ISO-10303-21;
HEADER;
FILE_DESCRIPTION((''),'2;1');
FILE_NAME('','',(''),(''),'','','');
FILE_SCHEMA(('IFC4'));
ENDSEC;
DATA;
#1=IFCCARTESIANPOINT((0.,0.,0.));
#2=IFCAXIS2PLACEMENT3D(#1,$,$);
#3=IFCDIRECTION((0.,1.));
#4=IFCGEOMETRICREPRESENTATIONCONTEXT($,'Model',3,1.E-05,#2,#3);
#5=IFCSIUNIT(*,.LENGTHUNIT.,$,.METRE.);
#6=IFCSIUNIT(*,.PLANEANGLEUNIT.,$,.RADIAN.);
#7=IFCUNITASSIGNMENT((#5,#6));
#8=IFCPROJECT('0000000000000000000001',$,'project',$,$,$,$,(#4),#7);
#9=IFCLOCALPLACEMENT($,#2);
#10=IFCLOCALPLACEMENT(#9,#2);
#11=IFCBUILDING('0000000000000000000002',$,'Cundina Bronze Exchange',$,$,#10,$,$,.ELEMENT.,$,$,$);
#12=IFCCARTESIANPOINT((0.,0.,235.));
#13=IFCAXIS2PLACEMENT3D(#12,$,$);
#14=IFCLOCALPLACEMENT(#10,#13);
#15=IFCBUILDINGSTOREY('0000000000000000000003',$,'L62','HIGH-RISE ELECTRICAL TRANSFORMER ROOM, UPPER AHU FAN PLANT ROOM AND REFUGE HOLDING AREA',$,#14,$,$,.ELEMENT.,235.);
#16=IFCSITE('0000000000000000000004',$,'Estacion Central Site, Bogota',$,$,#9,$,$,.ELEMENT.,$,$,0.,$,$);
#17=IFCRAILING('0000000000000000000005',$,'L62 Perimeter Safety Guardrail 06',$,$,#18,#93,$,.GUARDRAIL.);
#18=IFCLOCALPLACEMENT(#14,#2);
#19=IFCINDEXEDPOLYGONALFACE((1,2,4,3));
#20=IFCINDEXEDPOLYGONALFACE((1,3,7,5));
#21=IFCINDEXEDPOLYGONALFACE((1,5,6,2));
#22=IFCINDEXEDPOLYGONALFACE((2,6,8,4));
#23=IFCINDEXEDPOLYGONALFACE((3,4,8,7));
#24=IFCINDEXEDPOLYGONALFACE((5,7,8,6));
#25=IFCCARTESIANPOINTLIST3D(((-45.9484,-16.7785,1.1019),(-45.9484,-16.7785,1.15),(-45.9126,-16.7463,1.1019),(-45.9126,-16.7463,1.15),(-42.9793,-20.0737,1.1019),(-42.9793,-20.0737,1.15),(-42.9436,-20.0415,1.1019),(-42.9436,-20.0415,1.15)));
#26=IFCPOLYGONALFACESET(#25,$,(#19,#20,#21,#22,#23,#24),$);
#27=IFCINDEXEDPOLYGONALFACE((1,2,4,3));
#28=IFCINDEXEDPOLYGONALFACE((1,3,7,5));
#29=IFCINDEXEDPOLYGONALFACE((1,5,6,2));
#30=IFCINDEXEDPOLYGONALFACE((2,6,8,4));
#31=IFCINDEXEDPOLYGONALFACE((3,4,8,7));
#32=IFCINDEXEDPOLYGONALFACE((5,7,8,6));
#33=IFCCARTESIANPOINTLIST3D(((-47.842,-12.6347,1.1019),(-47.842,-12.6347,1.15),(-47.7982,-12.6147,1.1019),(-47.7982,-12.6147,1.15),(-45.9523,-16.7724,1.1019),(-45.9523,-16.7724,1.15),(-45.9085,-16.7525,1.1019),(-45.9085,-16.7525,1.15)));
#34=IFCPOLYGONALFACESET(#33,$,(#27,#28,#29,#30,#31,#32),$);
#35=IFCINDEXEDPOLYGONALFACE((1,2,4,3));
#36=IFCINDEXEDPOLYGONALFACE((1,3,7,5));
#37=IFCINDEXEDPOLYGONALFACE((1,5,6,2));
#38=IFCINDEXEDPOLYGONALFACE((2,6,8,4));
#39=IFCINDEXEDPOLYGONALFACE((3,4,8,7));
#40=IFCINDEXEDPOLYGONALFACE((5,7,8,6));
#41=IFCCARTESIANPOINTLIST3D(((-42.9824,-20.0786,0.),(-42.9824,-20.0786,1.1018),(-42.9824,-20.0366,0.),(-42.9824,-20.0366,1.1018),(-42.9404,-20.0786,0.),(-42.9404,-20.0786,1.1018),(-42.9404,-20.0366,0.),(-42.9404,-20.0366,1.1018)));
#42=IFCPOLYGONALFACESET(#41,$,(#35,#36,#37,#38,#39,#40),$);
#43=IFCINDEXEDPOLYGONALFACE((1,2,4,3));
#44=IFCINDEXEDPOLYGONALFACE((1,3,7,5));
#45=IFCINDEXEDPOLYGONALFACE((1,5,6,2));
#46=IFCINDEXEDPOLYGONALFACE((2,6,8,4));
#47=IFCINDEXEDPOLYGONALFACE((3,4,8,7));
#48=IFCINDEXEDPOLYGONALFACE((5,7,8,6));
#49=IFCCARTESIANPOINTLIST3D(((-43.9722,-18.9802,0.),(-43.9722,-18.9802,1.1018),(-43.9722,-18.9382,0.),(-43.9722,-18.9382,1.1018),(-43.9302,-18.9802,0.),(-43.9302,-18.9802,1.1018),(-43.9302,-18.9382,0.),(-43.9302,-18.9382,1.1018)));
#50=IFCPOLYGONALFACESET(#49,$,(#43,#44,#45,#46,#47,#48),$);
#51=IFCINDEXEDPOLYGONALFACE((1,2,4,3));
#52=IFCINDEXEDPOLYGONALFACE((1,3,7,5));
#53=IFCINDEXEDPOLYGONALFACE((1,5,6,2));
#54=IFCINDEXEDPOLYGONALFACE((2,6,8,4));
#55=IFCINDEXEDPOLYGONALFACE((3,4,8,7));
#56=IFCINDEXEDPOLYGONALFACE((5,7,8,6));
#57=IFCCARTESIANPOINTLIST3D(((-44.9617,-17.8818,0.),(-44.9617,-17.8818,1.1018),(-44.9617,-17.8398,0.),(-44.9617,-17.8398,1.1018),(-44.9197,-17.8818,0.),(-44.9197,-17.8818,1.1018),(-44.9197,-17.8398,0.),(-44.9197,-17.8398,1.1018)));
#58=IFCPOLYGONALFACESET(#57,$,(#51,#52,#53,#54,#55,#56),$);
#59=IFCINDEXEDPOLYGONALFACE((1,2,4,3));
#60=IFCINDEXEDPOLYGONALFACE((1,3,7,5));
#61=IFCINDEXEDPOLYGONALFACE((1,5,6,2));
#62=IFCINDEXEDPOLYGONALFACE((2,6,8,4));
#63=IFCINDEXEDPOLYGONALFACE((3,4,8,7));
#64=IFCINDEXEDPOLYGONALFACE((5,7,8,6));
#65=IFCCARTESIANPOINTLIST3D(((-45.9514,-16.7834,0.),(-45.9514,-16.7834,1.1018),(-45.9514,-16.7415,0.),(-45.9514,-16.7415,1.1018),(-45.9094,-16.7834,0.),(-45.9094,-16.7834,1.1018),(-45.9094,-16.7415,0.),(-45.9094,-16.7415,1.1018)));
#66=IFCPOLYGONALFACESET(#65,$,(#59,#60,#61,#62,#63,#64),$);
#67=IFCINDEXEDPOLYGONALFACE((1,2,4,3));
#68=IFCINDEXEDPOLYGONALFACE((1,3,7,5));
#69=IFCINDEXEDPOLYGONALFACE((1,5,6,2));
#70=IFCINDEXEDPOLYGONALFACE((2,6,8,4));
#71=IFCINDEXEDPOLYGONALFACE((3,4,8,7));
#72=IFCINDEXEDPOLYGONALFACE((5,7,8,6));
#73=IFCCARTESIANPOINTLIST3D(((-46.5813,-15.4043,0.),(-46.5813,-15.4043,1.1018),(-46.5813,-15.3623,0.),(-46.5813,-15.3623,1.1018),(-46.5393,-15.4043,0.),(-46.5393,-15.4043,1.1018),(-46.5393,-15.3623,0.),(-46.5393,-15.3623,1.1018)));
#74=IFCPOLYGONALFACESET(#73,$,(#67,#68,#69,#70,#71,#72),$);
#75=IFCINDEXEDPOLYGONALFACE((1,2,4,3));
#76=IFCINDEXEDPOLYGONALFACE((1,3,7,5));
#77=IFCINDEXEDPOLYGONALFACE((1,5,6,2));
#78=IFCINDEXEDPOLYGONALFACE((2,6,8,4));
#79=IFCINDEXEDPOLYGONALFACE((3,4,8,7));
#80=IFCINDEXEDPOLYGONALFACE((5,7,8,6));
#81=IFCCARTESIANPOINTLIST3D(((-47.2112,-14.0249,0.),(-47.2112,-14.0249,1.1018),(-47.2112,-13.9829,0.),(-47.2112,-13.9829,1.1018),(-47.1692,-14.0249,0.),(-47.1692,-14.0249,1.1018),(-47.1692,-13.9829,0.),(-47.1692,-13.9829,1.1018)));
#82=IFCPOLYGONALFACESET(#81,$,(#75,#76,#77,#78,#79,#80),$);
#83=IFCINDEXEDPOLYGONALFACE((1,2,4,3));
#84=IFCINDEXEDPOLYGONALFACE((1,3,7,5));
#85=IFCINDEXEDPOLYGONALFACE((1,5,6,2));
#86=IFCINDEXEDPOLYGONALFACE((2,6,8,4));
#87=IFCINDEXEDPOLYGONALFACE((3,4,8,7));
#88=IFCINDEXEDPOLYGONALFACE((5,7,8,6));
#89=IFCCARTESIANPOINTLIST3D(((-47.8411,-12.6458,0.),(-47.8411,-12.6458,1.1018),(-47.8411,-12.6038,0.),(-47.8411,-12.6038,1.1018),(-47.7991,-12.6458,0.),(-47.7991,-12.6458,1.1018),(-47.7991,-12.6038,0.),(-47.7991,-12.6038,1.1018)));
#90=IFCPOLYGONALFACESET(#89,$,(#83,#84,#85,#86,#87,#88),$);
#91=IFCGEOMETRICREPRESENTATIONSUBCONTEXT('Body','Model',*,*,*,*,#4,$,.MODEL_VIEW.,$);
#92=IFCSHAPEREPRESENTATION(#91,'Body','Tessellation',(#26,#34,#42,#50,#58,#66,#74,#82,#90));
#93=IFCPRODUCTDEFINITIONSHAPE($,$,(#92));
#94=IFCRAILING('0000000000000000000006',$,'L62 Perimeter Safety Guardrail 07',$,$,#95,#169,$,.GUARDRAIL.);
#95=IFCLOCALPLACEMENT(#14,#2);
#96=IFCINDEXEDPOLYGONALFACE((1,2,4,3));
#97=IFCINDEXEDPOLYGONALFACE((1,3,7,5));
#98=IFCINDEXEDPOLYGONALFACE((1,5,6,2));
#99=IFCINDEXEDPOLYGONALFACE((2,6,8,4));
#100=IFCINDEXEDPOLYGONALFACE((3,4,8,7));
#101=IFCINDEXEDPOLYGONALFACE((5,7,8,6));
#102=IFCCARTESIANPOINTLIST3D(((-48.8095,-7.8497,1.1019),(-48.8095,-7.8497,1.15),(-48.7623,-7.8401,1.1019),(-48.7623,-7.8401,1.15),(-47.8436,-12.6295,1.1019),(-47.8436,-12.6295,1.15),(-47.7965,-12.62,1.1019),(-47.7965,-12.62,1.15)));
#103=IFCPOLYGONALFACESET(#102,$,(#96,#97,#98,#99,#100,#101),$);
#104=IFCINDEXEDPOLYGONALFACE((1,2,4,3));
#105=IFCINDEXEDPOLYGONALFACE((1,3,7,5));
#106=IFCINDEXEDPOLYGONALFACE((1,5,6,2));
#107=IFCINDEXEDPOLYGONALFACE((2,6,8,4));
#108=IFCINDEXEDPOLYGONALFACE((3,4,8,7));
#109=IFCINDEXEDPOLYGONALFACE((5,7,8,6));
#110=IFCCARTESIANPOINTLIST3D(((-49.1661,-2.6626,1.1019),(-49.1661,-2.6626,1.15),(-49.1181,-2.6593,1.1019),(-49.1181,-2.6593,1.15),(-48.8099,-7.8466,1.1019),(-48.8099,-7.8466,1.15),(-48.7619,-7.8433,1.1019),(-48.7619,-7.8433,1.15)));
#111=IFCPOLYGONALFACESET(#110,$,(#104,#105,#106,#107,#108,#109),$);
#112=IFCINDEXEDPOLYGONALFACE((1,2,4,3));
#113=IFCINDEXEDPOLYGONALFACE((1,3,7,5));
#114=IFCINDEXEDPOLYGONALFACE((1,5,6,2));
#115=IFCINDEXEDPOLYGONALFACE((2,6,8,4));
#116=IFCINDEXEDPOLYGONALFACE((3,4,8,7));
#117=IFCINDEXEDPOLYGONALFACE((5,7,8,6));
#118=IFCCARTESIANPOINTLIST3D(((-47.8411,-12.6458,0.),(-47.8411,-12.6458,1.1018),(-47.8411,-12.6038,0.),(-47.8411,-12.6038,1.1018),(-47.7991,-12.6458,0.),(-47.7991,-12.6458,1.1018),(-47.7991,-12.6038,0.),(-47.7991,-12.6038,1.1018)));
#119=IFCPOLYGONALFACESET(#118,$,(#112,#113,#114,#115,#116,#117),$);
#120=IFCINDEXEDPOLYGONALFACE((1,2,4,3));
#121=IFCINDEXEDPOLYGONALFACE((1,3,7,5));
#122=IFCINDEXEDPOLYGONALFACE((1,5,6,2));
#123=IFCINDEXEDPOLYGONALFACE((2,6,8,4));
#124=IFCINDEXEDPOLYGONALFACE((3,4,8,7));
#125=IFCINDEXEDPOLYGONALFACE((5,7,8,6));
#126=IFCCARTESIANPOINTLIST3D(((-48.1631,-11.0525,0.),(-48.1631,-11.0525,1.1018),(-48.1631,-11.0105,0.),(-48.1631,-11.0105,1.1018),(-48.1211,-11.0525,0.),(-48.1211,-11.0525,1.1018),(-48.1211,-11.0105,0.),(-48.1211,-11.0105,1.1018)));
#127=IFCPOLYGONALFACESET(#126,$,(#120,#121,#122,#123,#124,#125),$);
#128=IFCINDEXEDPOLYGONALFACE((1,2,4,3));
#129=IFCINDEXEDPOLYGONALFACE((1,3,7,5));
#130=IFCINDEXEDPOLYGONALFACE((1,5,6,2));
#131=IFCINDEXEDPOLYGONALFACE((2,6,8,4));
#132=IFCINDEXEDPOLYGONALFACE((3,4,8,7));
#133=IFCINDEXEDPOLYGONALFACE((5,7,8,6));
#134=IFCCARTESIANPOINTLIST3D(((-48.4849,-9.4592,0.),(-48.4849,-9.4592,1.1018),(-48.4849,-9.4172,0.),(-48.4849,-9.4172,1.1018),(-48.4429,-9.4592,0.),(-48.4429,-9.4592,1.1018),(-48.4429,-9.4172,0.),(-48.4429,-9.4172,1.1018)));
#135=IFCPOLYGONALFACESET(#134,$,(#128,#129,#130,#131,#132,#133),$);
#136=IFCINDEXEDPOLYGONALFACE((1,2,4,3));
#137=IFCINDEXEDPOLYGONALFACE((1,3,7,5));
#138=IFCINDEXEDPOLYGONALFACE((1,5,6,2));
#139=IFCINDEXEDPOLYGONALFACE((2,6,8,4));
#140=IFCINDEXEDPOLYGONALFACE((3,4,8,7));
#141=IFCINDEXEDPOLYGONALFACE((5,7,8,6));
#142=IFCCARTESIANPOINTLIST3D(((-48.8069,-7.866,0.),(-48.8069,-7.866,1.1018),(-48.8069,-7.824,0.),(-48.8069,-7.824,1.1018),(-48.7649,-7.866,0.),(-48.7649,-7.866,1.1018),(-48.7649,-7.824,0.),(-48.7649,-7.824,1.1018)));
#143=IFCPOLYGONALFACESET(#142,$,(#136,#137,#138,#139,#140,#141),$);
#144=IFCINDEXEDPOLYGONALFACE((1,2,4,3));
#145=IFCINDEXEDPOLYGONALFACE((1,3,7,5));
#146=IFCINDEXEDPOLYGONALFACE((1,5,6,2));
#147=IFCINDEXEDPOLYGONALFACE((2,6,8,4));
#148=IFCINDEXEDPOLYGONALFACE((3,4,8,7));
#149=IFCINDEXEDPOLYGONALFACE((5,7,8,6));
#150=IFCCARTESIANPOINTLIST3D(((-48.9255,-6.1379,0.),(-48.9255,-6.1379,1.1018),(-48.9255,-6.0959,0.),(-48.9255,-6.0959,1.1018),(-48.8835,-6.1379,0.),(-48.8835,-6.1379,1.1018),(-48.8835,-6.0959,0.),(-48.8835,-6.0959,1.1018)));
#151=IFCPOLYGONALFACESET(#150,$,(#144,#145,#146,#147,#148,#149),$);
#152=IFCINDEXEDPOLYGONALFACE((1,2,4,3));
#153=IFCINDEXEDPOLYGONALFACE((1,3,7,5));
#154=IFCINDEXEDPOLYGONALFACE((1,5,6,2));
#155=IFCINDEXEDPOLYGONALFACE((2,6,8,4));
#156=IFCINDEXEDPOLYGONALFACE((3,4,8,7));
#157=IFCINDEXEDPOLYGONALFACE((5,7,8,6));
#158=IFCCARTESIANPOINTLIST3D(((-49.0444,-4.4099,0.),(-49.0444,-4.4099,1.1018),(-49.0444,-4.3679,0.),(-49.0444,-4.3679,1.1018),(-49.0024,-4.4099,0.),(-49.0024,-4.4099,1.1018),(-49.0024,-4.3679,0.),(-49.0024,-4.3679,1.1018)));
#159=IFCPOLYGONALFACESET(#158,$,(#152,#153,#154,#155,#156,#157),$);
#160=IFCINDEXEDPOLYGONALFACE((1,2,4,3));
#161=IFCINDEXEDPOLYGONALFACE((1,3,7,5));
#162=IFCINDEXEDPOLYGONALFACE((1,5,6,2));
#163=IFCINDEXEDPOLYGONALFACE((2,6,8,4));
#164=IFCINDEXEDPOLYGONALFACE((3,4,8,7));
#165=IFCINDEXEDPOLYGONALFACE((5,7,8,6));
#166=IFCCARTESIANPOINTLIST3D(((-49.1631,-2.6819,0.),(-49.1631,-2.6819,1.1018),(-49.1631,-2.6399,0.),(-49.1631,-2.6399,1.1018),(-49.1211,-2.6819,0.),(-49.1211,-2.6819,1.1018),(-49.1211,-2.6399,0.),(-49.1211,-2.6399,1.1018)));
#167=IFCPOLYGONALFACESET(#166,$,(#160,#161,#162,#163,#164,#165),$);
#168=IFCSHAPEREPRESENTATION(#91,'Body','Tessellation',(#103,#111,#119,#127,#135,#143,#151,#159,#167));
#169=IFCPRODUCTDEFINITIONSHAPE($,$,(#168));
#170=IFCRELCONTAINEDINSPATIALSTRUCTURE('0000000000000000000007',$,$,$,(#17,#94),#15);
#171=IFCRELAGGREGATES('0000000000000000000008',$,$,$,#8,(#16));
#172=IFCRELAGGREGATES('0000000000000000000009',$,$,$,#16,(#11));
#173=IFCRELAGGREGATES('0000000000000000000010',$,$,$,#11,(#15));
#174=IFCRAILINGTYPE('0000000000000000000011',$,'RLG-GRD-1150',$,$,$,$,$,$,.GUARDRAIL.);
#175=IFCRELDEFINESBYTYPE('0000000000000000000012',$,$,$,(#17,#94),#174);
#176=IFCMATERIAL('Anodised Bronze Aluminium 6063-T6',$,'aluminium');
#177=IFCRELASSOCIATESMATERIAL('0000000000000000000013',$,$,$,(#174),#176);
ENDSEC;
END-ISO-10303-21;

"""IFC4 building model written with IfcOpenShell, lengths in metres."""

from ifc_helpers import new_model, si_unit, direction, frame, origin, origin_2d, place, context, subcontext, project, spatial, rectangle, extrude, material, type_object, element, save


model = new_model("IFC4")

# Units and contexts
model_context = context("Model", 3, precision=1e-05, world=origin(), true_north=direction((0.0, 1.0)))
body_context = subcontext(model_context, "Body", "Model", "MODEL_VIEW")
ifc_project = project(units=[si_unit("LENGTHUNIT", "METRE"), si_unit("PLANEANGLEUNIT", "RADIAN")], contexts=[model_context])

# Site, building, storey
site_placement = place(None, origin())
site = spatial("IfcSite", under=ifc_project, at=site_placement, Name="Estacion Central Site, Bogota", CompositionType="ELEMENT", RefElevation=0.0)
building_placement = place(site_placement, origin())
building = spatial("IfcBuilding", under=site, at=building_placement, Name="Cundina Bronze Exchange", CompositionType="ELEMENT")
storey_placement = place(building_placement, frame((0.0, 0.0, 235.0)))
storey = spatial("IfcBuildingStorey", under=building, at=storey_placement, Name="L62", Description="HIGH-RISE ELECTRICAL TRANSFORMER ROOM, UPPER AHU FAN PLANT ROOM AND REFUGE HOLDING AREA", CompositionType="ELEMENT", Elevation=235.0)

# Shared definitions
ifc_material_1 = material(Name="Anodised Bronze Aluminium 6063-T6", Category="aluminium")

# Railings
railing_type = type_object("IfcRailingType", Name="RLG-GRD-1150", PredefinedType="GUARDRAIL", material=ifc_material_1)
railing_1_placement = place(storey_placement, frame((-42.9614, -20.0576, 0.0)))
element("IfcRailing", 1, at=railing_1_placement, inside=storey, type_object=railing_type, Name="L62 Perimeter Safety Guardrail 06", PredefinedType="GUARDRAIL", context=body_context, shape_type="SweptSolid", body=[
    extrude(rectangle(XDim=0.0481, YDim=0.0481, at=origin_2d()), frame((0.0, 0.0, 1.126), z_axis=(-0.669381, 0.742919, 0.0), x_axis=(-0.742919, -0.669381, 0.0)), (0.0, 0.0, 1.0), 4.4355),
    extrude(rectangle(XDim=0.0481, YDim=0.0481, at=origin_2d()), frame((-2.969, 3.2952, 1.126), z_axis=(-0.41542, 0.90963, 0.0), x_axis=(-0.90963, -0.41542, 0.0)), (0.0, 0.0, 1.0), 4.5488),
    extrude(rectangle(XDim=0.042, YDim=0.042, at=origin_2d()), origin(), (0.0, 0.0, 1.0), 1.1018),
    extrude(rectangle(XDim=0.042, YDim=0.042, at=origin_2d()), frame((-0.9897, 1.0984, 0.0)), (0.0, 0.0, 1.0), 1.1018),
    extrude(rectangle(XDim=0.042, YDim=0.042, at=origin_2d()), frame((-1.9792, 2.1968, 0.0)), (0.0, 0.0, 1.0), 1.1018),
    extrude(rectangle(XDim=0.042, YDim=0.042, at=origin_2d()), frame((-2.969, 3.2952, 0.0)), (0.0, 0.0, 1.0), 1.1018),
    extrude(rectangle(XDim=0.042, YDim=0.042, at=origin_2d()), frame((-3.5989, 4.6743, 0.0)), (0.0, 0.0, 1.0), 1.1018),
    extrude(rectangle(XDim=0.042, YDim=0.042, at=origin_2d()), frame((-4.2288, 6.0537, 0.0)), (0.0, 0.0, 1.0), 1.1018),
    extrude(rectangle(XDim=0.042, YDim=0.042, at=origin_2d()), frame((-4.8586, 7.4329, 0.0)), (0.0, 0.0, 1.0), 1.1018),
])
railing_2_placement = place(storey_placement, frame((-47.8201, -12.6248, 0.0)))
element("IfcRailing", 2, at=railing_2_placement, inside=storey, type_object=railing_type, Name="L62 Perimeter Safety Guardrail 07", PredefinedType="GUARDRAIL", context=body_context, shape_type="SweptSolid", body=[
    extrude(rectangle(XDim=0.0481, YDim=0.0481, at=origin_2d()), frame((0.0, 0.0, 1.126), z_axis=(-0.198061, 0.98019, 0.0), x_axis=(-0.98019, -0.198061, 0.0)), (0.0, 0.0, 1.0), 4.8765),
    extrude(rectangle(XDim=0.0481, YDim=0.0481, at=origin_2d()), frame((-0.9658, 4.7798, 1.126), z_axis=(-0.068549, 0.997648, 0.0), x_axis=(-0.997648, -0.068549, 0.0)), (0.0, 0.0, 1.0), 5.1963),
    extrude(rectangle(XDim=0.042, YDim=0.042, at=origin_2d()), origin(), (0.0, 0.0, 1.0), 1.1018),
    extrude(rectangle(XDim=0.042, YDim=0.042, at=origin_2d()), frame((-0.322, 1.5933, 0.0)), (0.0, 0.0, 1.0), 1.1018),
    extrude(rectangle(XDim=0.042, YDim=0.042, at=origin_2d()), frame((-0.6438, 3.1865, 0.0)), (0.0, 0.0, 1.0), 1.1018),
    extrude(rectangle(XDim=0.042, YDim=0.042, at=origin_2d()), frame((-0.9658, 4.7798, 0.0)), (0.0, 0.0, 1.0), 1.1018),
    extrude(rectangle(XDim=0.042, YDim=0.042, at=origin_2d()), frame((-1.0845, 6.5078, 0.0)), (0.0, 0.0, 1.0), 1.1018),
    extrude(rectangle(XDim=0.042, YDim=0.042, at=origin_2d()), frame((-1.2034, 8.2358, 0.0)), (0.0, 0.0, 1.0), 1.1018),
    extrude(rectangle(XDim=0.042, YDim=0.042, at=origin_2d()), frame((-1.322, 9.9639, 0.0)), (0.0, 0.0, 1.0), 1.1018),
])

save(model, "model.ifc")
